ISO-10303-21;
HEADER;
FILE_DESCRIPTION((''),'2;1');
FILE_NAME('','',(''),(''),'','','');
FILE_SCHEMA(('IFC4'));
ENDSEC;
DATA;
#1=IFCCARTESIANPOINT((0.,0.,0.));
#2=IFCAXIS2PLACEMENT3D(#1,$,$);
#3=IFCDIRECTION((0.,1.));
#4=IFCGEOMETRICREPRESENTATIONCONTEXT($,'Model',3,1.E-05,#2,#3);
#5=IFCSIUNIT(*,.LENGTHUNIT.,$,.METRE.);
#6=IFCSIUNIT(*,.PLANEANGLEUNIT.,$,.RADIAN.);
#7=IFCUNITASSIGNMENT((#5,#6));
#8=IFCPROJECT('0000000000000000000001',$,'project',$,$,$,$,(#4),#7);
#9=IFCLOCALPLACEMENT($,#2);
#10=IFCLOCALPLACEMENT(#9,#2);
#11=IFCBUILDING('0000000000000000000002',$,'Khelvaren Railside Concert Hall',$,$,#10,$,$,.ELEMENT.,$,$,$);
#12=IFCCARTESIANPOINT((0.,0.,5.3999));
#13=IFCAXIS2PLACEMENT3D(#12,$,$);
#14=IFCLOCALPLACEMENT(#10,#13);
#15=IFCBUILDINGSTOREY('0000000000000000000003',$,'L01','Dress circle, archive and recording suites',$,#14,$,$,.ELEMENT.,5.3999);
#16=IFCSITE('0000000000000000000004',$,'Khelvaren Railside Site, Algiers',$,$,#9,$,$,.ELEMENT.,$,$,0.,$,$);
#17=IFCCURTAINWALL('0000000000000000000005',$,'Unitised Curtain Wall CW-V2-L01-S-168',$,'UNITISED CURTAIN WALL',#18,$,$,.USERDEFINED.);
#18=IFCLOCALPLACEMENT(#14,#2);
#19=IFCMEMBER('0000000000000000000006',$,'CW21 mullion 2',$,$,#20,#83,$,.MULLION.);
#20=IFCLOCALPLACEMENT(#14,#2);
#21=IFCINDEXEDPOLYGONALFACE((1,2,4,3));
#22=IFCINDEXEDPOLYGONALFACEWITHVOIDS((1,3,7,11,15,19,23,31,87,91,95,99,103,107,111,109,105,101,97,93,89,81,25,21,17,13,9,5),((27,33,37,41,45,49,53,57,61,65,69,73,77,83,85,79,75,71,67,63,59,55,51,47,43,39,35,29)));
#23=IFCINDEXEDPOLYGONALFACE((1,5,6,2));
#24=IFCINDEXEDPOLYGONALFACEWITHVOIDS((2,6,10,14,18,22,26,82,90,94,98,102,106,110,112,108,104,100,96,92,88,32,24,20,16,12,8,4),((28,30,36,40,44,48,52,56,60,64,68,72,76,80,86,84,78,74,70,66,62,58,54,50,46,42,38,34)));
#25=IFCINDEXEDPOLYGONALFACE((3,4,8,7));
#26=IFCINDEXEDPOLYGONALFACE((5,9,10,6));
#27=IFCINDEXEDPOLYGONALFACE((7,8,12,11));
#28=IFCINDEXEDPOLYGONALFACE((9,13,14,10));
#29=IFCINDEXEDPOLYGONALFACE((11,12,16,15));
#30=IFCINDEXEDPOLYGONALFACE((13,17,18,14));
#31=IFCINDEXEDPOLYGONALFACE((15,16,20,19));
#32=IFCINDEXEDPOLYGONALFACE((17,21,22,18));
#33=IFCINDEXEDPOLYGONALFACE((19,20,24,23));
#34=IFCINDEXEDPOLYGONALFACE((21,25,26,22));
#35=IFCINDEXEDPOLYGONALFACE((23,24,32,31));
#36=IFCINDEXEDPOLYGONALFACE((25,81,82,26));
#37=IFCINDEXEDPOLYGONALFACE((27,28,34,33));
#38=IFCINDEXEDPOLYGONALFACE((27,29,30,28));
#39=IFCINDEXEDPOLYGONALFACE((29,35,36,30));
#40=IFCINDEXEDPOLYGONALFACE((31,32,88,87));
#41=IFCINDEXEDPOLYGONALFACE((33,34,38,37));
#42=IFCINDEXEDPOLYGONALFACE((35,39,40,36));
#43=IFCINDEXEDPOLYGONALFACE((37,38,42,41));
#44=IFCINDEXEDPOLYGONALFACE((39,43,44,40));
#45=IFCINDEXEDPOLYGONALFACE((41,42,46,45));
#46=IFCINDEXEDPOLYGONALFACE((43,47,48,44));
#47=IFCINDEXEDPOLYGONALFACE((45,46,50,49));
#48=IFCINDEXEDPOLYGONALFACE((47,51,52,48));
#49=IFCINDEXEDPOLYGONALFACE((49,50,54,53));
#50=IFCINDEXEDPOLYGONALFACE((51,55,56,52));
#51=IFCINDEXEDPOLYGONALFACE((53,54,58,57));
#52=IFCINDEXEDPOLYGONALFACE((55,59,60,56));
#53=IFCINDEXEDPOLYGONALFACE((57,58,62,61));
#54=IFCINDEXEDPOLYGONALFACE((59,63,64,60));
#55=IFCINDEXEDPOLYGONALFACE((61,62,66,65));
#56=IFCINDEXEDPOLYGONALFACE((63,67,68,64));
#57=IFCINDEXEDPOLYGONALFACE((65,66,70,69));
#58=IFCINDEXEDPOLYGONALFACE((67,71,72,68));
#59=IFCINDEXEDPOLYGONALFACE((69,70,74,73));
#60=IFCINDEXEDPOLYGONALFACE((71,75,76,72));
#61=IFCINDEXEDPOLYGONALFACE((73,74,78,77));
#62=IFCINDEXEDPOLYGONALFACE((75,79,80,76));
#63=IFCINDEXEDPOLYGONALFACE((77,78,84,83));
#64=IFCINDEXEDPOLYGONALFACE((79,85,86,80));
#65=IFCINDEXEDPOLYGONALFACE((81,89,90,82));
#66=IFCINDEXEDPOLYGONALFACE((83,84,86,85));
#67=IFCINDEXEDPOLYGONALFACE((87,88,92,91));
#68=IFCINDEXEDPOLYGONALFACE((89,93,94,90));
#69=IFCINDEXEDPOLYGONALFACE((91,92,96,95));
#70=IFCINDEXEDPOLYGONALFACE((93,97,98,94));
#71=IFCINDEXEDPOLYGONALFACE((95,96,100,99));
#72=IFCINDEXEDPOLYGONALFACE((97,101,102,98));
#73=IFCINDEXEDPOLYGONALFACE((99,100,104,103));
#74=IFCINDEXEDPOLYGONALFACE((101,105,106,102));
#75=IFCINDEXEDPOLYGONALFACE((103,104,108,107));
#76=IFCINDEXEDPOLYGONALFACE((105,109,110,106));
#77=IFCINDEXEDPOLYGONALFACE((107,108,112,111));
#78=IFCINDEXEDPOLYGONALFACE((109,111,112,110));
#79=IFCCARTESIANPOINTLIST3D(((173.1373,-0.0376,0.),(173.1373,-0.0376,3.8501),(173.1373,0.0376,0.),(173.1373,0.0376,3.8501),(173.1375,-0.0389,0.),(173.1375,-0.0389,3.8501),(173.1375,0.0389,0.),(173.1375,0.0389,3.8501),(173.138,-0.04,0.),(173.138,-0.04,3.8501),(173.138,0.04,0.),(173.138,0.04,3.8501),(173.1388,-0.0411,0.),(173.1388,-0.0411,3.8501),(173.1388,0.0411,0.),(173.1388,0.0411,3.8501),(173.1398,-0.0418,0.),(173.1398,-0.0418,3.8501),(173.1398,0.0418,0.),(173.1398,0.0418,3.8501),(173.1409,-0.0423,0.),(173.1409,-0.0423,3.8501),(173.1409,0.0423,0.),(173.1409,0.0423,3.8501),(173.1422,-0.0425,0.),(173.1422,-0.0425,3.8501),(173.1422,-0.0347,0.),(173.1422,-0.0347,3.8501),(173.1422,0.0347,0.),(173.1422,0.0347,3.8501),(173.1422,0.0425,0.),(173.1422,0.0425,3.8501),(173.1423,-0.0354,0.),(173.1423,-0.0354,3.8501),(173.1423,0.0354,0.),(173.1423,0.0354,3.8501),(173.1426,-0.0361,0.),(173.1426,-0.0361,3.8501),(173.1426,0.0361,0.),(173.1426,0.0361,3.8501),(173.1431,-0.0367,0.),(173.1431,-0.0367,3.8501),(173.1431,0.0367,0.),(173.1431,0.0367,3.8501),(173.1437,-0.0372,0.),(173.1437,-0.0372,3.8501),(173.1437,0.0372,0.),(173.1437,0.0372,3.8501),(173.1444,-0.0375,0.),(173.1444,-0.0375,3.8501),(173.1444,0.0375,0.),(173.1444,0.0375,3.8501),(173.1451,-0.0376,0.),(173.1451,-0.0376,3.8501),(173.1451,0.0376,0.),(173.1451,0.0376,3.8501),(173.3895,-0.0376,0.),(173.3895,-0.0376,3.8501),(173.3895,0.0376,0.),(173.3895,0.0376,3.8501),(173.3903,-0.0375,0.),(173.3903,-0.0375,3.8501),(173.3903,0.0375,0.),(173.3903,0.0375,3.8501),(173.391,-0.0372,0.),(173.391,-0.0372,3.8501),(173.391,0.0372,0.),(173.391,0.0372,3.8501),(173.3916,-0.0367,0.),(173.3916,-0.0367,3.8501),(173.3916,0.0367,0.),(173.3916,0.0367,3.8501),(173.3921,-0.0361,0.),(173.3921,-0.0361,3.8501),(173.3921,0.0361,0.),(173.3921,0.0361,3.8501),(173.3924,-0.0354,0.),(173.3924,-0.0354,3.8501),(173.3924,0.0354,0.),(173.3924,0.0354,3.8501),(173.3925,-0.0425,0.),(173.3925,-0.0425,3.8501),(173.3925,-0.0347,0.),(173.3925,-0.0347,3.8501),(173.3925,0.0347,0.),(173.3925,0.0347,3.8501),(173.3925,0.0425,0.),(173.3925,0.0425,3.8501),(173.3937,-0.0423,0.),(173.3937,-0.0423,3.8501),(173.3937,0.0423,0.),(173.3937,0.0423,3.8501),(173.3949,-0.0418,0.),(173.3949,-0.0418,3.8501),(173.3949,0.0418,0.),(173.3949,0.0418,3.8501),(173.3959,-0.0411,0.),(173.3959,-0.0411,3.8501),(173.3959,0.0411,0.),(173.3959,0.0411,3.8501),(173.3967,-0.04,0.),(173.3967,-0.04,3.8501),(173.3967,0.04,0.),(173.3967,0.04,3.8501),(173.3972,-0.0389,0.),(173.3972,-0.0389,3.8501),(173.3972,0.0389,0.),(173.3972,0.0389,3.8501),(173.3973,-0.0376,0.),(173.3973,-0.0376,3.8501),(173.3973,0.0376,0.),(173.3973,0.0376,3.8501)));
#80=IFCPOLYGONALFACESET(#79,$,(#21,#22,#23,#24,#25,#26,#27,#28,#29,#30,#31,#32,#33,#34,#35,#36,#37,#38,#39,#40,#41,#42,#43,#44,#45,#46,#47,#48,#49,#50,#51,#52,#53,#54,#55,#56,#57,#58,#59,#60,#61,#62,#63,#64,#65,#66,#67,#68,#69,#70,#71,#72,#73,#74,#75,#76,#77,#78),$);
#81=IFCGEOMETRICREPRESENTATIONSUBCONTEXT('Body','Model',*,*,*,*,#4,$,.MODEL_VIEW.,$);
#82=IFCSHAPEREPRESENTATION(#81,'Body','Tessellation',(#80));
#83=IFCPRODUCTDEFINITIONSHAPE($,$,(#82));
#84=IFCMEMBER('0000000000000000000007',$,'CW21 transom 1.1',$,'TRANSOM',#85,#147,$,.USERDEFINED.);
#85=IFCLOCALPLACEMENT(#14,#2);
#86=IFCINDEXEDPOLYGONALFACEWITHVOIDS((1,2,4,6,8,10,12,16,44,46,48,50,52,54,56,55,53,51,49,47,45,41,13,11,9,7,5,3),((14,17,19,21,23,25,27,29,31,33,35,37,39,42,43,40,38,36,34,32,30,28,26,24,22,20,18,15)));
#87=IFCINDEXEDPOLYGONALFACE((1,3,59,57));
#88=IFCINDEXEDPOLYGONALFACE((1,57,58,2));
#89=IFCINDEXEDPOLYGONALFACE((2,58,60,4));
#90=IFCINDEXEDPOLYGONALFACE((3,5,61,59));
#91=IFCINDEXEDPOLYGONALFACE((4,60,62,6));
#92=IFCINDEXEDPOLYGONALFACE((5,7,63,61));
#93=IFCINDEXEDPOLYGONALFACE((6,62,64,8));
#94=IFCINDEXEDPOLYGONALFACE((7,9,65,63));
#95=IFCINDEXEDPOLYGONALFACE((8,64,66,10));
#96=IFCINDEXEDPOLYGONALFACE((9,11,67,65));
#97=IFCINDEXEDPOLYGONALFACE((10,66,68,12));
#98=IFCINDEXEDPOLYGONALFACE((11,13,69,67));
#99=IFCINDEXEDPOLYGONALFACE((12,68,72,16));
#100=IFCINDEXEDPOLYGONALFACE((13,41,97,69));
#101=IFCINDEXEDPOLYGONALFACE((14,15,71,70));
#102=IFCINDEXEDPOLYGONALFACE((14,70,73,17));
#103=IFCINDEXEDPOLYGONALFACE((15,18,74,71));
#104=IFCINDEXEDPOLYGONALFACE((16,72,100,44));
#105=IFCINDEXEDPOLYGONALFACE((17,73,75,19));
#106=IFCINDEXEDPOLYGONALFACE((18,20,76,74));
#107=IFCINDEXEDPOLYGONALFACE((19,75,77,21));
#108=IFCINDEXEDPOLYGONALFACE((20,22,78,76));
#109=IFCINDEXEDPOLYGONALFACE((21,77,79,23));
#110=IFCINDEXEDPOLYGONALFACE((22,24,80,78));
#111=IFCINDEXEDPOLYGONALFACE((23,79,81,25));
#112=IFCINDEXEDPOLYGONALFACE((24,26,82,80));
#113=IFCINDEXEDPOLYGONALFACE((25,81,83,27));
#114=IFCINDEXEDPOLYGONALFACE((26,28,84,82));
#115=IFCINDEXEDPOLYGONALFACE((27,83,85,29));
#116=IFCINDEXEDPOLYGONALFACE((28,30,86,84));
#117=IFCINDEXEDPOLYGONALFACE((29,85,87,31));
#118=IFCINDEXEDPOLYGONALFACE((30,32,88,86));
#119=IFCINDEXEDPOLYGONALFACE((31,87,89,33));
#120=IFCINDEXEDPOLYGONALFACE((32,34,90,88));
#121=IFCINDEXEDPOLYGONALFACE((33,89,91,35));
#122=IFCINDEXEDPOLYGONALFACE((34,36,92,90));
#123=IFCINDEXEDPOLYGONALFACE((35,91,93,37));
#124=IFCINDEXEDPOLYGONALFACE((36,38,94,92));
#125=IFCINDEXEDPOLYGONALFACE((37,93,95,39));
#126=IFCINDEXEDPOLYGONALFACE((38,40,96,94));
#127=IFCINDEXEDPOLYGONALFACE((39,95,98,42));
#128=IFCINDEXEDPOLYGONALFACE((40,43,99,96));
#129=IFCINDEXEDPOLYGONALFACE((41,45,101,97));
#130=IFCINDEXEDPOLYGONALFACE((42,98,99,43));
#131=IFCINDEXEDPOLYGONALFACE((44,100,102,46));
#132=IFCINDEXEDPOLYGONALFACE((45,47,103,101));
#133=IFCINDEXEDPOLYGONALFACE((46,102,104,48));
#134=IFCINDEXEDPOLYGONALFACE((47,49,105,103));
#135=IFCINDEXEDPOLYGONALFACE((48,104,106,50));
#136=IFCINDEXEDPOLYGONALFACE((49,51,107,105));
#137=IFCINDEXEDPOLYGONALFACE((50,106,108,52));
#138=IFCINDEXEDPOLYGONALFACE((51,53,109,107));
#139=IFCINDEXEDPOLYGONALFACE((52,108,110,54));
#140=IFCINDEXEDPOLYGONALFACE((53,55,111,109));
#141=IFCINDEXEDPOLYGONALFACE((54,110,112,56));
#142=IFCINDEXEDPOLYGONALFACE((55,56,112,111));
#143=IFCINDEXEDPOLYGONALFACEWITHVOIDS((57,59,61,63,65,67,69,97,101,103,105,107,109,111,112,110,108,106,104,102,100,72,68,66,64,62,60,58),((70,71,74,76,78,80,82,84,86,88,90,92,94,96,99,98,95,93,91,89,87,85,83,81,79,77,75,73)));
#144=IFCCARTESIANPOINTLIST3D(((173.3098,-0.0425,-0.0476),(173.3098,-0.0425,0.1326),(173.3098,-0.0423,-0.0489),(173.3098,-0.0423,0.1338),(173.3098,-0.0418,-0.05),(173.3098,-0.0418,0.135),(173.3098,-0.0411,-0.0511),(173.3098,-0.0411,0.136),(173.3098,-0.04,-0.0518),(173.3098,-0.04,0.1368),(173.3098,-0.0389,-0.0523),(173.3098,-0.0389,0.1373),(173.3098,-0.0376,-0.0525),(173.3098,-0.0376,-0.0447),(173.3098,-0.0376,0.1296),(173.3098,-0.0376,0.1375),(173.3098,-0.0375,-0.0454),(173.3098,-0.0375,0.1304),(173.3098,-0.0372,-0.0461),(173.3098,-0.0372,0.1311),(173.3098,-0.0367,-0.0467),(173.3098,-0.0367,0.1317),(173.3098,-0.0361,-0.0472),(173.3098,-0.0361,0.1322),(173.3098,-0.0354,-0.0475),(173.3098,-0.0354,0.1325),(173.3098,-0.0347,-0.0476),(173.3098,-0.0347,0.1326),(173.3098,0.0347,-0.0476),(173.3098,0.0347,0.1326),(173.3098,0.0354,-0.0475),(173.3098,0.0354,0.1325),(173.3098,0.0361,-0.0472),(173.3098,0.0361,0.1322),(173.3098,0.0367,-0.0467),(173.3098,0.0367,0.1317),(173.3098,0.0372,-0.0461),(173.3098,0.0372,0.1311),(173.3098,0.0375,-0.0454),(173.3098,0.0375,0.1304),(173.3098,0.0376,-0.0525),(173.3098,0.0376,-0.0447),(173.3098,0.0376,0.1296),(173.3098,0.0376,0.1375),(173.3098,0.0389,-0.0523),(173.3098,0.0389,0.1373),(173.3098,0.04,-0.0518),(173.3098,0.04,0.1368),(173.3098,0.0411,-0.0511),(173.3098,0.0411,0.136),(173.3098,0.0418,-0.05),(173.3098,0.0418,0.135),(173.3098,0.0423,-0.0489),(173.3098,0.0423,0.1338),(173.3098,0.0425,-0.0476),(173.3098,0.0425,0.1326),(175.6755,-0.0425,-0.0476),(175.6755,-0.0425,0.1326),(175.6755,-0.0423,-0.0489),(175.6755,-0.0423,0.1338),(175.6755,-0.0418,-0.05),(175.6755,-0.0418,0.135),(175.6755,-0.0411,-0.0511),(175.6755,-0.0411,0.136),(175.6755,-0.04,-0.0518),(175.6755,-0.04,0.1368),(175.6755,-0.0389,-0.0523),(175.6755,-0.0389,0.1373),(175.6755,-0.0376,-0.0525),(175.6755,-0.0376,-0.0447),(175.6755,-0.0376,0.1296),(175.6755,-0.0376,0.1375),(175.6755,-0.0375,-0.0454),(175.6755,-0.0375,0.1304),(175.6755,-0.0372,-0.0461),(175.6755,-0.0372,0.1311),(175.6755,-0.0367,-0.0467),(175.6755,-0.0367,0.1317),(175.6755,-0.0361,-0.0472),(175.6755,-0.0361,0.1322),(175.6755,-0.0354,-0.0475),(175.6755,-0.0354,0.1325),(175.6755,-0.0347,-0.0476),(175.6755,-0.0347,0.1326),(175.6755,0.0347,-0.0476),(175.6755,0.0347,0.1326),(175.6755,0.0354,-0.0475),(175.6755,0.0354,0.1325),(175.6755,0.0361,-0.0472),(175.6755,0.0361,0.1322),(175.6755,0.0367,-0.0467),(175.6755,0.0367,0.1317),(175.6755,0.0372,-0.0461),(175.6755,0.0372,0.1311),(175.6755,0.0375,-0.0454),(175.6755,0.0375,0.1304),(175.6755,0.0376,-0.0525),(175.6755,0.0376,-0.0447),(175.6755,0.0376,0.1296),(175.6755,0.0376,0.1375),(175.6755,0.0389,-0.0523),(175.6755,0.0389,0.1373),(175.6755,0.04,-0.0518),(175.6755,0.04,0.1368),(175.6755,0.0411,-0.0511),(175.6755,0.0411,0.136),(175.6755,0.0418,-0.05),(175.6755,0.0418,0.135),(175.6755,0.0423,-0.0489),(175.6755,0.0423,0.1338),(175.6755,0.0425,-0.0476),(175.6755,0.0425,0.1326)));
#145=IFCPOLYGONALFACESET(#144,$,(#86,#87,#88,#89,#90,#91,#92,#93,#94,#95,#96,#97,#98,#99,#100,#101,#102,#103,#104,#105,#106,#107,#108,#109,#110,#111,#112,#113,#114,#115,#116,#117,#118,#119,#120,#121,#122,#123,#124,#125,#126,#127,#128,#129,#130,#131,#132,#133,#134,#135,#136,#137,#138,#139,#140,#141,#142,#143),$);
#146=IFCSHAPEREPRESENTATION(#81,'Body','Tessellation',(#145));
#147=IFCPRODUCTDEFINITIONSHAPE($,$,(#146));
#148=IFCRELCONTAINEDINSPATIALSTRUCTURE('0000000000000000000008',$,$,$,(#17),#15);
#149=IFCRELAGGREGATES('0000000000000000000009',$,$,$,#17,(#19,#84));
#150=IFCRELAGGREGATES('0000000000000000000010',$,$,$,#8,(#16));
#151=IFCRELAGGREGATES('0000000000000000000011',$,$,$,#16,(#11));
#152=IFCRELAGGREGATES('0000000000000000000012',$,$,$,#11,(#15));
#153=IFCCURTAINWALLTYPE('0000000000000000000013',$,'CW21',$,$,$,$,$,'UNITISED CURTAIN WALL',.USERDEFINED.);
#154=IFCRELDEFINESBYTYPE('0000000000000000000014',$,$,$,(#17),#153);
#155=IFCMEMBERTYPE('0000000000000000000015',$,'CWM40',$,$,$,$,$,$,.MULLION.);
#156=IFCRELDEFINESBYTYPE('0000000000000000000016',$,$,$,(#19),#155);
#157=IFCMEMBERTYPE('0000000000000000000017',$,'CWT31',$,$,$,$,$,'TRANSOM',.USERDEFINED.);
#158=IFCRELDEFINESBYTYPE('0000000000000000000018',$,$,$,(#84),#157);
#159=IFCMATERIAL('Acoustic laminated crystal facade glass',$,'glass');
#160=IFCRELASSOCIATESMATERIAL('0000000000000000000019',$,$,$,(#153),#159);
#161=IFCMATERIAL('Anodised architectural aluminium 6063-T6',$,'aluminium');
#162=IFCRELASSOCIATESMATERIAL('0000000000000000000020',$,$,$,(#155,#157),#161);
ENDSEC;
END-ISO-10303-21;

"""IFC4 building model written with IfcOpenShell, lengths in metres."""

from ifc_helpers import new_model, si_unit, direction, frame, origin, origin_2d, place, context, subcontext, project, spatial, hollow_rectangle, extrude, material, material_profile, profile_set, type_object, element, aggregate, save


model = new_model("IFC4")

# Units and contexts
model_context = context("Model", 3, precision=1e-05, world=origin(), true_north=direction((0.0, 1.0)))
body_context = subcontext(model_context, "Body", "Model", "MODEL_VIEW")
ifc_project = project(units=[si_unit("LENGTHUNIT", "METRE"), si_unit("PLANEANGLEUNIT", "RADIAN")], contexts=[model_context])

# Site, building, storey
site_placement = place(None, origin())
site = spatial("IfcSite", under=ifc_project, at=site_placement, Name="Khelvaren Railside Site, Algiers", CompositionType="ELEMENT", RefElevation=0.0)
building_placement = place(site_placement, origin())
building = spatial("IfcBuilding", under=site, at=building_placement, Name="Khelvaren Railside Concert Hall", CompositionType="ELEMENT")
storey_placement = place(building_placement, frame((0.0, 0.0, 5.3999)))
storey = spatial("IfcBuildingStorey", under=building, at=storey_placement, Name="L01", Description="Dress circle, archive and recording suites", CompositionType="ELEMENT", Elevation=5.3999)

# Curtain wall, members
ifc_material_1 = material(Name="Acoustic laminated crystal facade glass", Category="glass")
curtain_wall_type = type_object("IfcCurtainWallType", Name="CW21", ElementType="UNITISED CURTAIN WALL", PredefinedType="USERDEFINED", material=ifc_material_1)
curtain_wall_placement = place(storey_placement, origin())
curtain_wall = element("IfcCurtainWall", 1, at=curtain_wall_placement, inside=storey, type_object=curtain_wall_type, Name="Unitised Curtain Wall CW-V2-L01-S-168", ObjectType="UNITISED CURTAIN WALL", PredefinedType="USERDEFINED")
ifc_material_2 = material(Name="Anodised architectural aluminium 6063-T6", Category="aluminium")
ifc_material_profile_1 = material_profile(ifc_material_2, hollow_rectangle(XDim=0.085, YDim=0.26, WallThickness=0.0049, InnerFilletRadius=0.0029, OuterFilletRadius=0.0049, at=origin_2d()), Name="CWM 85x260x5")
ifc_profile_set_1 = profile_set([ifc_material_profile_1], Name="Anodised architectural aluminium 6063-T6")
member_type_1 = type_object("IfcMemberType", Name="CWM40", PredefinedType="MULLION", material=ifc_profile_set_1)
member_1_placement = place(storey_placement, frame((173.2673, 0.0, 0.0), z_axis=(0.0, 0.0, 1.0), x_axis=(0.0, -1.0, 0.0)))
member_1 = element("IfcMember", 2, at=member_1_placement, type_object=member_type_1, Name="CW21 mullion 2", PredefinedType="MULLION", context=body_context, shape_type="SweptSolid", body=[
    extrude(hollow_rectangle(XDim=0.085, YDim=0.26, WallThickness=0.0049, InnerFilletRadius=0.0029, OuterFilletRadius=0.0049, at=origin_2d()), origin(), (0.0, 0.0, 1.0), 3.8501),
])
ifc_material_profile_2 = material_profile(ifc_material_2, hollow_rectangle(XDim=0.085, YDim=0.1899, WallThickness=0.0049, InnerFilletRadius=0.0029, OuterFilletRadius=0.0049, at=origin_2d()), Name="CWT 85x190x5")
ifc_profile_set_2 = profile_set([ifc_material_profile_2], Name="Anodised architectural aluminium 6063-T6")
member_type_2 = type_object("IfcMemberType", Name="CWT31", ElementType="TRANSOM", PredefinedType="USERDEFINED", material=ifc_profile_set_2)
member_2_placement = place(storey_placement, frame((175.6755, 0.0, 0.0425), z_axis=(-1.0, 0.0, 0.0), x_axis=(0.0, -1.0, 0.0)))
member_2 = element("IfcMember", 3, at=member_2_placement, type_object=member_type_2, Name="CW21 transom 1.1", ObjectType="TRANSOM", PredefinedType="USERDEFINED", context=body_context, shape_type="SweptSolid", body=[
    extrude(hollow_rectangle(XDim=0.085, YDim=0.1899, WallThickness=0.0049, InnerFilletRadius=0.0029, OuterFilletRadius=0.0049, at=origin_2d()), origin(), (0.0, 0.0, 1.0), 2.3657),
])

aggregate(curtain_wall, [member_1, member_2])

save(model, "model.ifc")
